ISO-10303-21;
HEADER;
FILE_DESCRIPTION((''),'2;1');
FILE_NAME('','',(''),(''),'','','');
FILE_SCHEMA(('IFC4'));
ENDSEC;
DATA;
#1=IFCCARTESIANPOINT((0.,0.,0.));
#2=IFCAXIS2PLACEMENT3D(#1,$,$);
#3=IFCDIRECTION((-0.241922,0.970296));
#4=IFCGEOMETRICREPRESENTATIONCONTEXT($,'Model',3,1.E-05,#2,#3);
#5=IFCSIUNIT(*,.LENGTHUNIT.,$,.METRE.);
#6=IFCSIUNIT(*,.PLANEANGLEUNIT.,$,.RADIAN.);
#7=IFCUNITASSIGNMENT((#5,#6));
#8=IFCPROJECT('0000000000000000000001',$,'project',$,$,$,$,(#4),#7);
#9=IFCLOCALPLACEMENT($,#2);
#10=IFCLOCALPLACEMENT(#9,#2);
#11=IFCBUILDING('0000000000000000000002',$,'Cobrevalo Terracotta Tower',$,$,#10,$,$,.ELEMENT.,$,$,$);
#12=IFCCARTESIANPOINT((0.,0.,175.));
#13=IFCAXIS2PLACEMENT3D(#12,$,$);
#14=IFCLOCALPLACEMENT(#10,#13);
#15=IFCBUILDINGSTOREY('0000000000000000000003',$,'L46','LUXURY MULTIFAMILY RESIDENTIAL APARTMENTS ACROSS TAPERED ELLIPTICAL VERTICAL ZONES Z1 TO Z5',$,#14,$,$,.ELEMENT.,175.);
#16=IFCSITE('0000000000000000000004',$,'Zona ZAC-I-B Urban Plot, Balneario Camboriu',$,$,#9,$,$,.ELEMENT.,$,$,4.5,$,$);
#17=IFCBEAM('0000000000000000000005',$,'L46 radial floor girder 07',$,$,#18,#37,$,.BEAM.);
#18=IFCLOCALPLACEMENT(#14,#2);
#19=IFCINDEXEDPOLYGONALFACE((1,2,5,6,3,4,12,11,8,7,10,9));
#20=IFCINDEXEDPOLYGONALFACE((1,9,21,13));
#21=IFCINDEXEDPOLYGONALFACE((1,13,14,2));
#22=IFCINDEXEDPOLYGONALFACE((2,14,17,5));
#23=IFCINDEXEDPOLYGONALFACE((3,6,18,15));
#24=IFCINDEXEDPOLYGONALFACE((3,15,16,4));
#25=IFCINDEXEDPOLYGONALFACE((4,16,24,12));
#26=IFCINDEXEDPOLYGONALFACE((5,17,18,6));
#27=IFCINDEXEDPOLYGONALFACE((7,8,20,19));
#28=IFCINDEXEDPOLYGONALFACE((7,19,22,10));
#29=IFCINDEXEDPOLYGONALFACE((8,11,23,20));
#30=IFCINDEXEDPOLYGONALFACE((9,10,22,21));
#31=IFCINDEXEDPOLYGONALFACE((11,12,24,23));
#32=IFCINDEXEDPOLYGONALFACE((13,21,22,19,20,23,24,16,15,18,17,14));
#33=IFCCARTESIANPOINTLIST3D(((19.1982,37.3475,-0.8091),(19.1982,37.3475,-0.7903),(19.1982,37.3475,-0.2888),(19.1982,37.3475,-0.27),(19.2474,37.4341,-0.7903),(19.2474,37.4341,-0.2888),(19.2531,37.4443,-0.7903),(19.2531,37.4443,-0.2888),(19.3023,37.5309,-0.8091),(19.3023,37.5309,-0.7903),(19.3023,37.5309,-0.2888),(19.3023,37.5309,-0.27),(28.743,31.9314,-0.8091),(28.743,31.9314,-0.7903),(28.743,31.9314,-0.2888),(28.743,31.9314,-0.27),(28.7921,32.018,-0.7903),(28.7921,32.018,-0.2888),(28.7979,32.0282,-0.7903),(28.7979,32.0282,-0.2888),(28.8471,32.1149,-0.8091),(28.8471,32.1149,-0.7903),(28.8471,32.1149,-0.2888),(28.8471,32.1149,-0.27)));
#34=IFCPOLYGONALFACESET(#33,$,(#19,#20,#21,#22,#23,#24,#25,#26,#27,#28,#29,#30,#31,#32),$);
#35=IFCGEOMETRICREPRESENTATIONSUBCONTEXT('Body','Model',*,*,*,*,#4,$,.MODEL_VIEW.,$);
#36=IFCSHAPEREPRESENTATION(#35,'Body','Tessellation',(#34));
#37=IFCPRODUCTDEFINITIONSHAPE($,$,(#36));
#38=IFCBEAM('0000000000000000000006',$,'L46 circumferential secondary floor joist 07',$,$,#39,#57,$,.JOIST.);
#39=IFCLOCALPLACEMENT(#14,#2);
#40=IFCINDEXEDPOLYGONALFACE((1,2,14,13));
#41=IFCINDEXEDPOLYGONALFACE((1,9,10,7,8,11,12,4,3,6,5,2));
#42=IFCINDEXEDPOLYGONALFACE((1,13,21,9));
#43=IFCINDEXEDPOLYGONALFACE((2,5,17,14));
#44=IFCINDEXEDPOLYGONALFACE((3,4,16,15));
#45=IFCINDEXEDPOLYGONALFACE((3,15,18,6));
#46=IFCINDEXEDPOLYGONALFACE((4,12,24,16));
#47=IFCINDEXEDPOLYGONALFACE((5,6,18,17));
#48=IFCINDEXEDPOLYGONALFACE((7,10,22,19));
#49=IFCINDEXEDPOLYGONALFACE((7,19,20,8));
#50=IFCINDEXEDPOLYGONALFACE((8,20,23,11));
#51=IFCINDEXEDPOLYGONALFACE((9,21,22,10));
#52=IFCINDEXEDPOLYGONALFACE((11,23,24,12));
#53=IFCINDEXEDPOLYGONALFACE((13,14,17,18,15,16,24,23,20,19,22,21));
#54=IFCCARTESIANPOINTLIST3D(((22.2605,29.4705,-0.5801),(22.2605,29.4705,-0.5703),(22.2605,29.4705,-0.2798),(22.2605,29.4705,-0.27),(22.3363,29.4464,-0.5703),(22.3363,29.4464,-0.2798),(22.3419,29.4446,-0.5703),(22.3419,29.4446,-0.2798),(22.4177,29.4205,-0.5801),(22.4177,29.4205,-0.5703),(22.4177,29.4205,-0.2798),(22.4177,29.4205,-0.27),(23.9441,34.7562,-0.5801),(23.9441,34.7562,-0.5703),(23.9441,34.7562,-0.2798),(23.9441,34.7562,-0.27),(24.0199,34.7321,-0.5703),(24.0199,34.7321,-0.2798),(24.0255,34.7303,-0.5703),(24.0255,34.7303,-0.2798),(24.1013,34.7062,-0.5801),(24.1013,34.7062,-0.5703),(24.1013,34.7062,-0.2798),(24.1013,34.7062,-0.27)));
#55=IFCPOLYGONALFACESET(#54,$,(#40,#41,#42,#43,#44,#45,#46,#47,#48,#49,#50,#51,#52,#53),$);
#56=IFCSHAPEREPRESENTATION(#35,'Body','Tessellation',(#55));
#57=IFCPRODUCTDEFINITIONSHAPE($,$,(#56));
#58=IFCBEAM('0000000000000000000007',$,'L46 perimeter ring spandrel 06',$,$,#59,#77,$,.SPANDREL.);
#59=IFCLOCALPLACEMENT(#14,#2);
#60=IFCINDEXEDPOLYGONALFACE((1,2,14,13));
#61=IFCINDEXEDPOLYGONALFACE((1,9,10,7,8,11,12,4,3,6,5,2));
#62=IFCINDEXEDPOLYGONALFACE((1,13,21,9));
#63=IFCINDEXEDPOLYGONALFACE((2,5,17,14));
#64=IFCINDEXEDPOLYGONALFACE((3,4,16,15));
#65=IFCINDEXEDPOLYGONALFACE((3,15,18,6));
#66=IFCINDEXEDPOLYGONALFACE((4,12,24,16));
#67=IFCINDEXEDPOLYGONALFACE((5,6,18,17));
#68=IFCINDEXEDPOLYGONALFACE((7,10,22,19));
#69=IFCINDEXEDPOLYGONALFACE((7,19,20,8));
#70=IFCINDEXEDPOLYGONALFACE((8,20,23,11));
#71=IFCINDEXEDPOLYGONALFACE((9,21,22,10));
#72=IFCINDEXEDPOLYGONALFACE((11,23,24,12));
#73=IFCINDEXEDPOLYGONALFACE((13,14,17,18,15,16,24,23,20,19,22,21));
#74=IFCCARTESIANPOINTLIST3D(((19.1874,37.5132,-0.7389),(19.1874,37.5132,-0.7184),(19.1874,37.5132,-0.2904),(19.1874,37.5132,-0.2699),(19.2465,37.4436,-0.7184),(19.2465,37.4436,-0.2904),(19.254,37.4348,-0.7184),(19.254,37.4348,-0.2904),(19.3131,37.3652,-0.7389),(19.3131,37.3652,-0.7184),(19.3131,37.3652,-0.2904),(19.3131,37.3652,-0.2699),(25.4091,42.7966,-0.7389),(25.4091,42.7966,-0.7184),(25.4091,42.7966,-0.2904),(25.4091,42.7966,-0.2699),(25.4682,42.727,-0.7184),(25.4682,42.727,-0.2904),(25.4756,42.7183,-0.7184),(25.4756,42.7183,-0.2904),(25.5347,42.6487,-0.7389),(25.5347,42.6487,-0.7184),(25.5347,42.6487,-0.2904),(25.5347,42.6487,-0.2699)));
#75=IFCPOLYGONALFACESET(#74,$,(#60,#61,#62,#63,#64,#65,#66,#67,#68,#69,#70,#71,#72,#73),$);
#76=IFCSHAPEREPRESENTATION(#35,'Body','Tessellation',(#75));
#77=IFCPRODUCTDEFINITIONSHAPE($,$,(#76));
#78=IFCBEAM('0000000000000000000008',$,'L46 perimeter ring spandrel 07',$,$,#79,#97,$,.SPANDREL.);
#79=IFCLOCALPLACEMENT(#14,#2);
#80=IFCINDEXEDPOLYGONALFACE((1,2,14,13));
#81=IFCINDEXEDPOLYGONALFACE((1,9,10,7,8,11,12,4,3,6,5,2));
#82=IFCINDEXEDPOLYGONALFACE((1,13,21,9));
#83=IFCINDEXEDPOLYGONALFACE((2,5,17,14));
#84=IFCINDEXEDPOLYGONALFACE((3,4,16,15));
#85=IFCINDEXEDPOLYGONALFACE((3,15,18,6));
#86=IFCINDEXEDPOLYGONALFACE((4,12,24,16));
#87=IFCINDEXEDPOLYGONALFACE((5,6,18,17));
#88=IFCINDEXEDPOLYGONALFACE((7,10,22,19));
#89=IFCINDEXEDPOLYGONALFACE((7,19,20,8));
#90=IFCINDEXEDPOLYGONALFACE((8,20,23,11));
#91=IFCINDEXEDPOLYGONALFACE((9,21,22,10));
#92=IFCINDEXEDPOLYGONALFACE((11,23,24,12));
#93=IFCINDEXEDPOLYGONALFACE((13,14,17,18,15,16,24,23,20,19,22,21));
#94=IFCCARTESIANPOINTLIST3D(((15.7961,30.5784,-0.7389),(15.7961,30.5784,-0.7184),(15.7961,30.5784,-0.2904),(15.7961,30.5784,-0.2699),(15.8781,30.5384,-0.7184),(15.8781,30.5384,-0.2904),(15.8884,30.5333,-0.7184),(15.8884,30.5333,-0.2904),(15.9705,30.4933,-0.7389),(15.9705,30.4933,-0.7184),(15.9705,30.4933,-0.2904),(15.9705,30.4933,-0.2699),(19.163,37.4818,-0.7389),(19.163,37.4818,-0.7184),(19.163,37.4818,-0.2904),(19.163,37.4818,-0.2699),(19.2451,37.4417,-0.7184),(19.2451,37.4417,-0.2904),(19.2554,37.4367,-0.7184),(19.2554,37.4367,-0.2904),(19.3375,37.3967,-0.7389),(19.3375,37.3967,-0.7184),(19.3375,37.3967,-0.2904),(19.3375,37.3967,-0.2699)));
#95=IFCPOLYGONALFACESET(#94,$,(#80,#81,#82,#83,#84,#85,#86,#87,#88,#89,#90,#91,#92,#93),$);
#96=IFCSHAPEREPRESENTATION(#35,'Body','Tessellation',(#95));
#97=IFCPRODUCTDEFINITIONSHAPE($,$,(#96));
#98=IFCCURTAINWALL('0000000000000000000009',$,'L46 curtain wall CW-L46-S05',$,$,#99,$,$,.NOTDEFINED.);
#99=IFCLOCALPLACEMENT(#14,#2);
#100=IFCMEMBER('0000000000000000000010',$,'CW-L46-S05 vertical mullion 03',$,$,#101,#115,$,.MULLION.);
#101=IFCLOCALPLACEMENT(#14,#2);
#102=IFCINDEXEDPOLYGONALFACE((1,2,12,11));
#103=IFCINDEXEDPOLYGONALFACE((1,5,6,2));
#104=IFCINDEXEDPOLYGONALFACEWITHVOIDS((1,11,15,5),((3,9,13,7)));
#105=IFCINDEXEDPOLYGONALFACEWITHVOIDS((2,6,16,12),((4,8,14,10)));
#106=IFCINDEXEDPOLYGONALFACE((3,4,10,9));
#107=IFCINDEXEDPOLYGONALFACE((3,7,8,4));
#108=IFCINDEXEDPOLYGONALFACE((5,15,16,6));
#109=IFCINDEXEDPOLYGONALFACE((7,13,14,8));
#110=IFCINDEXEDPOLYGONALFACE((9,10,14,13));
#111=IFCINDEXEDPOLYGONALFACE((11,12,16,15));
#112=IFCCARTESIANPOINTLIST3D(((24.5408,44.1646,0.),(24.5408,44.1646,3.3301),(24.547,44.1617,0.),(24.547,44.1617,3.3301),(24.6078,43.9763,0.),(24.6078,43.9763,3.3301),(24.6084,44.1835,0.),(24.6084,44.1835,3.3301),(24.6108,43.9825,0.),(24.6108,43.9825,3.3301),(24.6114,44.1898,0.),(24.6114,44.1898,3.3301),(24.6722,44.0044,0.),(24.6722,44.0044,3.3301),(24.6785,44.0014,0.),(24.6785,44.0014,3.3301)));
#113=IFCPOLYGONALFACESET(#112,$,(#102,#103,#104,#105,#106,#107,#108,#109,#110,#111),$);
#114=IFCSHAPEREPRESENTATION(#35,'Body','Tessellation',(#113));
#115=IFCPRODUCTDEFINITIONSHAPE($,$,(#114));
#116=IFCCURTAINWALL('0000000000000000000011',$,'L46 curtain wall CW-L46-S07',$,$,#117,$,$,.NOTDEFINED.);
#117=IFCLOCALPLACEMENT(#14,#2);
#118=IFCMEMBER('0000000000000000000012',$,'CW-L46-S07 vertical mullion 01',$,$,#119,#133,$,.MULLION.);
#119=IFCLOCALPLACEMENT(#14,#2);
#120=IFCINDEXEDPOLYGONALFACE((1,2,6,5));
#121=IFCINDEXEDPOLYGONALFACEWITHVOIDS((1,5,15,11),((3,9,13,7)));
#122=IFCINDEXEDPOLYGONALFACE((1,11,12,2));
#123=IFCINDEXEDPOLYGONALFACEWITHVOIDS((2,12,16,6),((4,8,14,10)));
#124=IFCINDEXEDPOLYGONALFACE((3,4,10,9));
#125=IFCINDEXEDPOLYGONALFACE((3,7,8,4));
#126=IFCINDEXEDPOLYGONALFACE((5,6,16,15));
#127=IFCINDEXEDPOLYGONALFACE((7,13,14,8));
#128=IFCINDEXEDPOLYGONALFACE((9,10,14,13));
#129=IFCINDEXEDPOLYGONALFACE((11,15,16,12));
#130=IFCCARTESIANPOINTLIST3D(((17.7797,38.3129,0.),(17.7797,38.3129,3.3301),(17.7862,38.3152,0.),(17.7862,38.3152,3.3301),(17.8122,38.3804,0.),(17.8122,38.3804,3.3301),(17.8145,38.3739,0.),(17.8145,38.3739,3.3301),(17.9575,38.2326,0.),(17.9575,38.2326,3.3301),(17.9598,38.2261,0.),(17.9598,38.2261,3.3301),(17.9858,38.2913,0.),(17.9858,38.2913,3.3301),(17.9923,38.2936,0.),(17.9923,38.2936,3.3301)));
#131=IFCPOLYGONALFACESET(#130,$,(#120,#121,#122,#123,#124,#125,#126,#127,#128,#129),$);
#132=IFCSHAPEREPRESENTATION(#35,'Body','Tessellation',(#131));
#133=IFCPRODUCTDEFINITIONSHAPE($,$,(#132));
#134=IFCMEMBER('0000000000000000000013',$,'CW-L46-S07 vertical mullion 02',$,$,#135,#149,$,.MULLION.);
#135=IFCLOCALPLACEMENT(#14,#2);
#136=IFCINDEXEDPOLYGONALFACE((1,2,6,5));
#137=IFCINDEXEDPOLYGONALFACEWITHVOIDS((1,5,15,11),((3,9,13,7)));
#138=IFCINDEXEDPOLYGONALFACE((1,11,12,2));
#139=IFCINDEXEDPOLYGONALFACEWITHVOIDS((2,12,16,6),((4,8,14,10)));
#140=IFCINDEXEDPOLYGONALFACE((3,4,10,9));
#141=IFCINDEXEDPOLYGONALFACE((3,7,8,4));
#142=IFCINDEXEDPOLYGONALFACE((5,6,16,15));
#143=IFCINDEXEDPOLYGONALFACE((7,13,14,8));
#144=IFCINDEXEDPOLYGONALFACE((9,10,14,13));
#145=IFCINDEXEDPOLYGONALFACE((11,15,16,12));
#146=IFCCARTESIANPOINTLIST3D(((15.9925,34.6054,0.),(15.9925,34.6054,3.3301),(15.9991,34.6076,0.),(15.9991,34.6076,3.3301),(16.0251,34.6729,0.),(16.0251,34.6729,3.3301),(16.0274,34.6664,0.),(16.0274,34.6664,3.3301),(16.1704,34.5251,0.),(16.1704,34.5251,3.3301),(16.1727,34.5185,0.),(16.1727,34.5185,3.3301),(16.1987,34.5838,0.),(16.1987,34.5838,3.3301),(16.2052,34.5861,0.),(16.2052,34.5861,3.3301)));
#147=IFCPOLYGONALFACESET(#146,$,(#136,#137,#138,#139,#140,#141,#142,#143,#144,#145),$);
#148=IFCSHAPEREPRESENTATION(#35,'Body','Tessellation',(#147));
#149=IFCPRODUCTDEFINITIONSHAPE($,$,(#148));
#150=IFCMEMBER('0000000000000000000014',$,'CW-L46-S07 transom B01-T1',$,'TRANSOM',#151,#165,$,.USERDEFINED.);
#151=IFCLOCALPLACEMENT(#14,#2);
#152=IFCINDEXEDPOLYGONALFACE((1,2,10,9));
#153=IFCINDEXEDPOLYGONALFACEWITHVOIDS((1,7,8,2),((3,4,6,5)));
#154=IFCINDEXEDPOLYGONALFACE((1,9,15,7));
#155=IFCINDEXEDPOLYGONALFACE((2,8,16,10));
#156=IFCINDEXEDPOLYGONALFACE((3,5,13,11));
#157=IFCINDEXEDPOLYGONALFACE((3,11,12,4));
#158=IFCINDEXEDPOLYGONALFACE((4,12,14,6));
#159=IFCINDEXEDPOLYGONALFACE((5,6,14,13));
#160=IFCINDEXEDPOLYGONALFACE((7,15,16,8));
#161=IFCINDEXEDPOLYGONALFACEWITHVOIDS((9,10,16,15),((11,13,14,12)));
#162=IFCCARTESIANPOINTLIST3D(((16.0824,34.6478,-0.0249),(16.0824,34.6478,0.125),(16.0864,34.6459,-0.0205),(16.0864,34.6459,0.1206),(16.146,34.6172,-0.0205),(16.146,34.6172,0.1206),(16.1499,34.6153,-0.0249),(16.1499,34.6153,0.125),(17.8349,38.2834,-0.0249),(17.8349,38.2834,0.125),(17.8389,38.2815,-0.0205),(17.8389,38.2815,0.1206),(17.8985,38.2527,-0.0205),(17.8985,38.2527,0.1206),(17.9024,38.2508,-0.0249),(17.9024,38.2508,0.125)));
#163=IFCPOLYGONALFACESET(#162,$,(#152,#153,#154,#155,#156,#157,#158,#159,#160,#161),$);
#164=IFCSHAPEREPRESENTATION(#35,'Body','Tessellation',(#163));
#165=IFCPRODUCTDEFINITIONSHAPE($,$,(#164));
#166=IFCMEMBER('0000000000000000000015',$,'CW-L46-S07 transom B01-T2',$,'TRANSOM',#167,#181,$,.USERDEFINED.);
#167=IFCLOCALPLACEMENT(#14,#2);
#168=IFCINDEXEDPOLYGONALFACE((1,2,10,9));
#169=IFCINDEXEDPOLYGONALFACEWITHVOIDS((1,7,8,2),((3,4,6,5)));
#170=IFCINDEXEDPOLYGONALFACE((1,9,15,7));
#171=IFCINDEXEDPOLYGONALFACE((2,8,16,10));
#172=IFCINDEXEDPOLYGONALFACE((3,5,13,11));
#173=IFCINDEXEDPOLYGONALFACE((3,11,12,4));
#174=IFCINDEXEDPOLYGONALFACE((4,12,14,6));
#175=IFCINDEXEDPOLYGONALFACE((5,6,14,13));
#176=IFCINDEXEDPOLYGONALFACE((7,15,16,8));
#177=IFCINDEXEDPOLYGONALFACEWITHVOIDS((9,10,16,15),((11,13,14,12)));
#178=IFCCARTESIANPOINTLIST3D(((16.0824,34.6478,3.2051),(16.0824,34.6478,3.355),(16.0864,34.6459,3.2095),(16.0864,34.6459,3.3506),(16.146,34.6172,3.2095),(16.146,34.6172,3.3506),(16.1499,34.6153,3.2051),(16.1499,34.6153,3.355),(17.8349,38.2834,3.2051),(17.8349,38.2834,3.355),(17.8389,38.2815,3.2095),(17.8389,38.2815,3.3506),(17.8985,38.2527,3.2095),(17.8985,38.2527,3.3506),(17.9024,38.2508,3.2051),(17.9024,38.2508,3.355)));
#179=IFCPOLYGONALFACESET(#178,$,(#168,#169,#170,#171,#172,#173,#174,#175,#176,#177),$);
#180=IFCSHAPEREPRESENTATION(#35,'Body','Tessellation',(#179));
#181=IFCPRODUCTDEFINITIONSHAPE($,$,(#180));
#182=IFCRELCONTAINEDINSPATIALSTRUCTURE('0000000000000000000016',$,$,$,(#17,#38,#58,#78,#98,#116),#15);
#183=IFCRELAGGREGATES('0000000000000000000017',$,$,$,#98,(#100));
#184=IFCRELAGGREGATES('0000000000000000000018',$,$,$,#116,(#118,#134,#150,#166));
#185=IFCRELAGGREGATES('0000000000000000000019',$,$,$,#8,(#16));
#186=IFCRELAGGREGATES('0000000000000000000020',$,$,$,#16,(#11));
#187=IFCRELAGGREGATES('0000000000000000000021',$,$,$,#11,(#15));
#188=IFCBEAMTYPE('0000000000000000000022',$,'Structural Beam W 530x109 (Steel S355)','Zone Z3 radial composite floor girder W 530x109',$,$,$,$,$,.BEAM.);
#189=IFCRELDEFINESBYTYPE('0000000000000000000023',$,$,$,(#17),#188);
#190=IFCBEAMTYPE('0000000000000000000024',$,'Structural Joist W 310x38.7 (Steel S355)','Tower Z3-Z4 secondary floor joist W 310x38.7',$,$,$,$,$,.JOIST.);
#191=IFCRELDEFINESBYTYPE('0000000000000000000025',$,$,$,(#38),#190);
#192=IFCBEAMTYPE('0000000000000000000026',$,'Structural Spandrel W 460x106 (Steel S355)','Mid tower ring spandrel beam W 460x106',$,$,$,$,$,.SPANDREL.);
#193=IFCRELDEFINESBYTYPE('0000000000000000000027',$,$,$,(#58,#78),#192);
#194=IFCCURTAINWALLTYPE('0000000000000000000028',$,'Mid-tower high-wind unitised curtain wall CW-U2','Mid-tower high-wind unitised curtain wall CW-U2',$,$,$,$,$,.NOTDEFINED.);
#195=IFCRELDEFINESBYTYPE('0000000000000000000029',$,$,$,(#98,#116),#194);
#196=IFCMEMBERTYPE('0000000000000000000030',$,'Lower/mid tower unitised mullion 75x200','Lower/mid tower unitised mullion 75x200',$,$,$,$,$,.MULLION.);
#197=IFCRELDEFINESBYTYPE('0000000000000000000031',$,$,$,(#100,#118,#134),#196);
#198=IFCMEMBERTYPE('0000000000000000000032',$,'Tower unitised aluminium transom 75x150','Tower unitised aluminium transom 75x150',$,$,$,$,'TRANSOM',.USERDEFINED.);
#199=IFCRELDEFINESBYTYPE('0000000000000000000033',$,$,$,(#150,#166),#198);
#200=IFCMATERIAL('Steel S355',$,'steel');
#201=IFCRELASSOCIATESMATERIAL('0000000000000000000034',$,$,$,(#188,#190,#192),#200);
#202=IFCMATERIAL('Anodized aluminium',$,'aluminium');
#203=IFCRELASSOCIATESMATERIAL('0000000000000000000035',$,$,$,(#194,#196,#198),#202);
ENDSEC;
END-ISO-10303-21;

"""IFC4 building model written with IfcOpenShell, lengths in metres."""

from ifc_helpers import new_model, si_unit, direction, frame, origin, origin_2d, place, context, subcontext, project, spatial, hollow_rectangle, i_section, extrude, source, transform, mapped, material, material_profile, profile_set, type_object, element, aggregate, save


model = new_model("IFC4")

# Units and contexts
model_context = context("Model", 3, precision=1e-05, world=origin(), true_north=direction((-0.241922, 0.970296)))
body_context = subcontext(model_context, "Body", "Model", "MODEL_VIEW")
ifc_project = project(units=[si_unit("LENGTHUNIT", "METRE"), si_unit("PLANEANGLEUNIT", "RADIAN")], contexts=[model_context])

# Site, building, storey
site_placement = place(None, origin())
site = spatial("IfcSite", under=ifc_project, at=site_placement, Name="Zona ZAC-I-B Urban Plot, Balneario Camboriu", CompositionType="ELEMENT", RefElevation=4.5)
building_placement = place(site_placement, origin())
building = spatial("IfcBuilding", under=site, at=building_placement, Name="Cobrevalo Terracotta Tower", CompositionType="ELEMENT")
storey_placement = place(building_placement, frame((0.0, 0.0, 175.0)))
storey = spatial("IfcBuildingStorey", under=building, at=storey_placement, Name="L46", Description="LUXURY MULTIFAMILY RESIDENTIAL APARTMENTS ACROSS TAPERED ELLIPTICAL VERTICAL ZONES Z1 TO Z5", CompositionType="ELEMENT", Elevation=175.0)

# Shared definitions
ifc_material_1 = material(Name="Steel S355", Category="steel")

# Beams
ifc_material_profile_1 = material_profile(ifc_material_1, i_section(OverallWidth=0.2109, OverallDepth=0.5391, WebThickness=0.0117, FlangeThickness=0.0188, at=origin_2d()), Name="W 530x109")
ifc_profile_set_1 = profile_set([ifc_material_profile_1], Name="Steel S355")
beam_type_1 = type_object("IfcBeamType", Name="Structural Beam W 530x109 (Steel S355)", Description="Zone Z3 radial composite floor girder W 530x109", PredefinedType="BEAM", material=ifc_profile_set_1)
beam_1_placement = place(storey_placement, frame((19.2502, 37.4392, -0.5396), z_axis=(0.869734, -0.49352, 0.0), x_axis=(0.49352, 0.869734, 0.0)))
element("IfcBeam", 1, at=beam_1_placement, inside=storey, type_object=beam_type_1, Name="L46 radial floor girder 07", PredefinedType="BEAM", context=body_context, shape_type="SweptSolid", body=[
    extrude(i_section(OverallWidth=0.2109, OverallDepth=0.5391, WebThickness=0.0117, FlangeThickness=0.0188, at=origin_2d()), origin(), (0.0, 0.0, 1.0), 10.9744),
])
ifc_material_profile_2 = material_profile(ifc_material_1, i_section(OverallWidth=0.165, OverallDepth=0.3101, WebThickness=0.0059, FlangeThickness=0.0098, at=origin_2d()), Name="W 310x38.7")
ifc_profile_set_2 = profile_set([ifc_material_profile_2], Name="Steel S355")
beam_type_2 = type_object("IfcBeamType", Name="Structural Joist W 310x38.7 (Steel S355)", Description="Tower Z3-Z4 secondary floor joist W 310x38.7", PredefinedType="JOIST", material=ifc_profile_set_2)
beam_2_placement = place(storey_placement, frame((24.0227, 34.7312, -0.425), z_axis=(-0.303498, -0.952832, 0.0), x_axis=(0.952832, -0.303498, 0.0)))
element("IfcBeam", 2, at=beam_2_placement, inside=storey, type_object=beam_type_2, Name="L46 circumferential secondary floor joist 07", PredefinedType="JOIST", context=body_context, shape_type="SweptSolid", body=[
    extrude(i_section(OverallWidth=0.165, OverallDepth=0.3101, WebThickness=0.0059, FlangeThickness=0.0098, at=origin_2d()), origin(), (0.0, 0.0, 1.0), 5.5474),
])
ifc_material_profile_3 = material_profile(ifc_material_1, i_section(OverallWidth=0.1941, OverallDepth=0.469, WebThickness=0.0115, FlangeThickness=0.0205, at=origin_2d()), Name="W 460x106")
ifc_profile_set_3 = profile_set([ifc_material_profile_3], Name="Steel S355")
beam_type_3 = type_object("IfcBeamType", Name="Structural Spandrel W 460x106 (Steel S355)", Description="Mid tower ring spandrel beam W 460x106", PredefinedType="SPANDREL", material=ifc_profile_set_3)
beam_3_placement = place(storey_placement, frame((25.4719, 42.7227, -0.5044), z_axis=(-0.76224, -0.647294, 0.0), x_axis=(0.647294, -0.76224, 0.0)))
element("IfcBeam", 3, at=beam_3_placement, inside=storey, type_object=beam_type_3, Name="L46 perimeter ring spandrel 06", PredefinedType="SPANDREL", context=body_context, shape_type="SweptSolid", body=[
    extrude(i_section(OverallWidth=0.1941, OverallDepth=0.469, WebThickness=0.0115, FlangeThickness=0.0205, at=origin_2d()), origin(), (0.0, 0.0, 1.0), 8.1624),
])
beam_4_placement = place(storey_placement, frame((19.2502, 37.4392, -0.5044), z_axis=(-0.438368, -0.898796, 0.0), x_axis=(0.898796, -0.438368, 0.0)))
element("IfcBeam", 4, at=beam_4_placement, inside=storey, type_object=beam_type_3, Name="L46 perimeter ring spandrel 07", PredefinedType="SPANDREL", context=body_context, shape_type="SweptSolid", body=[
    extrude(i_section(OverallWidth=0.1941, OverallDepth=0.469, WebThickness=0.0115, FlangeThickness=0.0205, at=origin_2d()), origin(), (0.0, 0.0, 1.0), 7.6807),
])

# Curtain wall, member
ifc_material_2 = material(Name="Anodized aluminium", Category="aluminium")
curtain_wall_type = type_object("IfcCurtainWallType", Name="Mid-tower high-wind unitised curtain wall CW-U2", Description="Mid-tower high-wind unitised curtain wall CW-U2", PredefinedType="NOTDEFINED", material=ifc_material_2)
curtain_wall_1_placement = place(storey_placement, origin())
curtain_wall_1 = element("IfcCurtainWall", 5, at=curtain_wall_1_placement, inside=storey, type_object=curtain_wall_type, Name="L46 curtain wall CW-L46-S05", PredefinedType="NOTDEFINED")
ifc_material_profile_4 = material_profile(ifc_material_2, hollow_rectangle(XDim=0.075, YDim=0.2, WallThickness=0.0049, at=origin_2d()), Name="CWM 75x200")
ifc_profile_set_4 = profile_set([ifc_material_profile_4], Name="Anodized aluminium")
member_type_1 = type_object("IfcMemberType", Name="Lower/mid tower unitised mullion 75x200", Description="Lower/mid tower unitised mullion 75x200", PredefinedType="MULLION", material=ifc_profile_set_4)
shared_shape_1 = source(origin(), body_context, "Body", "SweptSolid", [
    extrude(hollow_rectangle(XDim=0.075, YDim=0.2, WallThickness=0.0049, at=origin_2d()), origin(), (0.0, 0.0, 1.0), 3.3301),
])
member_1_placement = place(storey_placement, frame((24.6096, 44.083, 0.0), z_axis=(0.0, 0.0, 1.0), x_axis=(-0.942098, -0.335336, 0.0)))
member_1 = element("IfcMember", 6, at=member_1_placement, type_object=member_type_1, Name="CW-L46-S05 vertical mullion 03", PredefinedType="MULLION", context=body_context, shape_type="MappedRepresentation", body=[
    mapped(shared_shape_1, transform((0.0, 0.0, 0.0), scale=1.0)),
])
aggregate(curtain_wall_1, [member_1])

# Curtain wall, members
curtain_wall_2_placement = place(storey_placement, origin())
curtain_wall_2 = element("IfcCurtainWall", 7, at=curtain_wall_2_placement, inside=storey, type_object=curtain_wall_type, Name="L46 curtain wall CW-L46-S07", PredefinedType="NOTDEFINED")
member_2_placement = place(storey_placement, frame((17.886, 38.3032, 0.0), z_axis=(0.0, 0.0, 1.0), x_axis=(-0.434209, -0.900812, 0.0)))
member_2 = element("IfcMember", 8, at=member_2_placement, type_object=member_type_1, Name="CW-L46-S07 vertical mullion 01", PredefinedType="MULLION", context=body_context, shape_type="MappedRepresentation", body=[
    mapped(shared_shape_1, transform((0.0, 0.0, 0.0), scale=1.0)),
])
member_3_placement = place(storey_placement, frame((16.0989, 34.5957, 0.0), z_axis=(0.0, 0.0, 1.0), x_axis=(-0.434209, -0.900812, 0.0)))
member_3 = element("IfcMember", 9, at=member_3_placement, type_object=member_type_1, Name="CW-L46-S07 vertical mullion 02", PredefinedType="MULLION", context=body_context, shape_type="MappedRepresentation", body=[
    mapped(shared_shape_1, transform((0.0, 0.0, 0.0), scale=1.0)),
])
ifc_material_profile_5 = material_profile(ifc_material_2, hollow_rectangle(XDim=0.075, YDim=0.1499, WallThickness=0.0044, at=origin_2d()), Name="CWT 75x150")
ifc_profile_set_5 = profile_set([ifc_material_profile_5], Name="Anodized aluminium")
member_type_2 = type_object("IfcMemberType", Name="Tower unitised aluminium transom 75x150", Description="Tower unitised aluminium transom 75x150", ElementType="TRANSOM", PredefinedType="USERDEFINED", material=ifc_profile_set_5)
shared_shape_2 = source(origin(), body_context, "Body", "SweptSolid", [
    extrude(hollow_rectangle(XDim=0.075, YDim=0.1499, WallThickness=0.0044, at=origin_2d()), origin(), (0.0, 0.0, 1.0), 4.0359),
])
member_4_placement = place(storey_placement, frame((17.8687, 38.2671, 0.05), z_axis=(-0.434221, -0.900806, 0.0), x_axis=(0.900806, -0.434221, 0.0)))
member_4 = element("IfcMember", 10, at=member_4_placement, type_object=member_type_2, Name="CW-L46-S07 transom B01-T1", ObjectType="TRANSOM", PredefinedType="USERDEFINED", context=body_context, shape_type="MappedRepresentation", body=[
    mapped(shared_shape_2, transform((0.0, 0.0, 0.0), scale=1.0)),
])
member_5_placement = place(storey_placement, frame((17.8687, 38.2671, 3.28), z_axis=(-0.434221, -0.900806, 0.0), x_axis=(0.900806, -0.434221, 0.0)))
member_5 = element("IfcMember", 11, at=member_5_placement, type_object=member_type_2, Name="CW-L46-S07 transom B01-T2", ObjectType="TRANSOM", PredefinedType="USERDEFINED", context=body_context, shape_type="MappedRepresentation", body=[
    mapped(shared_shape_2, transform((0.0, 0.0, 0.0), scale=1.0)),
])
aggregate(curtain_wall_2, [member_2, member_3, member_4, member_5])

save(model, "model.ifc")
